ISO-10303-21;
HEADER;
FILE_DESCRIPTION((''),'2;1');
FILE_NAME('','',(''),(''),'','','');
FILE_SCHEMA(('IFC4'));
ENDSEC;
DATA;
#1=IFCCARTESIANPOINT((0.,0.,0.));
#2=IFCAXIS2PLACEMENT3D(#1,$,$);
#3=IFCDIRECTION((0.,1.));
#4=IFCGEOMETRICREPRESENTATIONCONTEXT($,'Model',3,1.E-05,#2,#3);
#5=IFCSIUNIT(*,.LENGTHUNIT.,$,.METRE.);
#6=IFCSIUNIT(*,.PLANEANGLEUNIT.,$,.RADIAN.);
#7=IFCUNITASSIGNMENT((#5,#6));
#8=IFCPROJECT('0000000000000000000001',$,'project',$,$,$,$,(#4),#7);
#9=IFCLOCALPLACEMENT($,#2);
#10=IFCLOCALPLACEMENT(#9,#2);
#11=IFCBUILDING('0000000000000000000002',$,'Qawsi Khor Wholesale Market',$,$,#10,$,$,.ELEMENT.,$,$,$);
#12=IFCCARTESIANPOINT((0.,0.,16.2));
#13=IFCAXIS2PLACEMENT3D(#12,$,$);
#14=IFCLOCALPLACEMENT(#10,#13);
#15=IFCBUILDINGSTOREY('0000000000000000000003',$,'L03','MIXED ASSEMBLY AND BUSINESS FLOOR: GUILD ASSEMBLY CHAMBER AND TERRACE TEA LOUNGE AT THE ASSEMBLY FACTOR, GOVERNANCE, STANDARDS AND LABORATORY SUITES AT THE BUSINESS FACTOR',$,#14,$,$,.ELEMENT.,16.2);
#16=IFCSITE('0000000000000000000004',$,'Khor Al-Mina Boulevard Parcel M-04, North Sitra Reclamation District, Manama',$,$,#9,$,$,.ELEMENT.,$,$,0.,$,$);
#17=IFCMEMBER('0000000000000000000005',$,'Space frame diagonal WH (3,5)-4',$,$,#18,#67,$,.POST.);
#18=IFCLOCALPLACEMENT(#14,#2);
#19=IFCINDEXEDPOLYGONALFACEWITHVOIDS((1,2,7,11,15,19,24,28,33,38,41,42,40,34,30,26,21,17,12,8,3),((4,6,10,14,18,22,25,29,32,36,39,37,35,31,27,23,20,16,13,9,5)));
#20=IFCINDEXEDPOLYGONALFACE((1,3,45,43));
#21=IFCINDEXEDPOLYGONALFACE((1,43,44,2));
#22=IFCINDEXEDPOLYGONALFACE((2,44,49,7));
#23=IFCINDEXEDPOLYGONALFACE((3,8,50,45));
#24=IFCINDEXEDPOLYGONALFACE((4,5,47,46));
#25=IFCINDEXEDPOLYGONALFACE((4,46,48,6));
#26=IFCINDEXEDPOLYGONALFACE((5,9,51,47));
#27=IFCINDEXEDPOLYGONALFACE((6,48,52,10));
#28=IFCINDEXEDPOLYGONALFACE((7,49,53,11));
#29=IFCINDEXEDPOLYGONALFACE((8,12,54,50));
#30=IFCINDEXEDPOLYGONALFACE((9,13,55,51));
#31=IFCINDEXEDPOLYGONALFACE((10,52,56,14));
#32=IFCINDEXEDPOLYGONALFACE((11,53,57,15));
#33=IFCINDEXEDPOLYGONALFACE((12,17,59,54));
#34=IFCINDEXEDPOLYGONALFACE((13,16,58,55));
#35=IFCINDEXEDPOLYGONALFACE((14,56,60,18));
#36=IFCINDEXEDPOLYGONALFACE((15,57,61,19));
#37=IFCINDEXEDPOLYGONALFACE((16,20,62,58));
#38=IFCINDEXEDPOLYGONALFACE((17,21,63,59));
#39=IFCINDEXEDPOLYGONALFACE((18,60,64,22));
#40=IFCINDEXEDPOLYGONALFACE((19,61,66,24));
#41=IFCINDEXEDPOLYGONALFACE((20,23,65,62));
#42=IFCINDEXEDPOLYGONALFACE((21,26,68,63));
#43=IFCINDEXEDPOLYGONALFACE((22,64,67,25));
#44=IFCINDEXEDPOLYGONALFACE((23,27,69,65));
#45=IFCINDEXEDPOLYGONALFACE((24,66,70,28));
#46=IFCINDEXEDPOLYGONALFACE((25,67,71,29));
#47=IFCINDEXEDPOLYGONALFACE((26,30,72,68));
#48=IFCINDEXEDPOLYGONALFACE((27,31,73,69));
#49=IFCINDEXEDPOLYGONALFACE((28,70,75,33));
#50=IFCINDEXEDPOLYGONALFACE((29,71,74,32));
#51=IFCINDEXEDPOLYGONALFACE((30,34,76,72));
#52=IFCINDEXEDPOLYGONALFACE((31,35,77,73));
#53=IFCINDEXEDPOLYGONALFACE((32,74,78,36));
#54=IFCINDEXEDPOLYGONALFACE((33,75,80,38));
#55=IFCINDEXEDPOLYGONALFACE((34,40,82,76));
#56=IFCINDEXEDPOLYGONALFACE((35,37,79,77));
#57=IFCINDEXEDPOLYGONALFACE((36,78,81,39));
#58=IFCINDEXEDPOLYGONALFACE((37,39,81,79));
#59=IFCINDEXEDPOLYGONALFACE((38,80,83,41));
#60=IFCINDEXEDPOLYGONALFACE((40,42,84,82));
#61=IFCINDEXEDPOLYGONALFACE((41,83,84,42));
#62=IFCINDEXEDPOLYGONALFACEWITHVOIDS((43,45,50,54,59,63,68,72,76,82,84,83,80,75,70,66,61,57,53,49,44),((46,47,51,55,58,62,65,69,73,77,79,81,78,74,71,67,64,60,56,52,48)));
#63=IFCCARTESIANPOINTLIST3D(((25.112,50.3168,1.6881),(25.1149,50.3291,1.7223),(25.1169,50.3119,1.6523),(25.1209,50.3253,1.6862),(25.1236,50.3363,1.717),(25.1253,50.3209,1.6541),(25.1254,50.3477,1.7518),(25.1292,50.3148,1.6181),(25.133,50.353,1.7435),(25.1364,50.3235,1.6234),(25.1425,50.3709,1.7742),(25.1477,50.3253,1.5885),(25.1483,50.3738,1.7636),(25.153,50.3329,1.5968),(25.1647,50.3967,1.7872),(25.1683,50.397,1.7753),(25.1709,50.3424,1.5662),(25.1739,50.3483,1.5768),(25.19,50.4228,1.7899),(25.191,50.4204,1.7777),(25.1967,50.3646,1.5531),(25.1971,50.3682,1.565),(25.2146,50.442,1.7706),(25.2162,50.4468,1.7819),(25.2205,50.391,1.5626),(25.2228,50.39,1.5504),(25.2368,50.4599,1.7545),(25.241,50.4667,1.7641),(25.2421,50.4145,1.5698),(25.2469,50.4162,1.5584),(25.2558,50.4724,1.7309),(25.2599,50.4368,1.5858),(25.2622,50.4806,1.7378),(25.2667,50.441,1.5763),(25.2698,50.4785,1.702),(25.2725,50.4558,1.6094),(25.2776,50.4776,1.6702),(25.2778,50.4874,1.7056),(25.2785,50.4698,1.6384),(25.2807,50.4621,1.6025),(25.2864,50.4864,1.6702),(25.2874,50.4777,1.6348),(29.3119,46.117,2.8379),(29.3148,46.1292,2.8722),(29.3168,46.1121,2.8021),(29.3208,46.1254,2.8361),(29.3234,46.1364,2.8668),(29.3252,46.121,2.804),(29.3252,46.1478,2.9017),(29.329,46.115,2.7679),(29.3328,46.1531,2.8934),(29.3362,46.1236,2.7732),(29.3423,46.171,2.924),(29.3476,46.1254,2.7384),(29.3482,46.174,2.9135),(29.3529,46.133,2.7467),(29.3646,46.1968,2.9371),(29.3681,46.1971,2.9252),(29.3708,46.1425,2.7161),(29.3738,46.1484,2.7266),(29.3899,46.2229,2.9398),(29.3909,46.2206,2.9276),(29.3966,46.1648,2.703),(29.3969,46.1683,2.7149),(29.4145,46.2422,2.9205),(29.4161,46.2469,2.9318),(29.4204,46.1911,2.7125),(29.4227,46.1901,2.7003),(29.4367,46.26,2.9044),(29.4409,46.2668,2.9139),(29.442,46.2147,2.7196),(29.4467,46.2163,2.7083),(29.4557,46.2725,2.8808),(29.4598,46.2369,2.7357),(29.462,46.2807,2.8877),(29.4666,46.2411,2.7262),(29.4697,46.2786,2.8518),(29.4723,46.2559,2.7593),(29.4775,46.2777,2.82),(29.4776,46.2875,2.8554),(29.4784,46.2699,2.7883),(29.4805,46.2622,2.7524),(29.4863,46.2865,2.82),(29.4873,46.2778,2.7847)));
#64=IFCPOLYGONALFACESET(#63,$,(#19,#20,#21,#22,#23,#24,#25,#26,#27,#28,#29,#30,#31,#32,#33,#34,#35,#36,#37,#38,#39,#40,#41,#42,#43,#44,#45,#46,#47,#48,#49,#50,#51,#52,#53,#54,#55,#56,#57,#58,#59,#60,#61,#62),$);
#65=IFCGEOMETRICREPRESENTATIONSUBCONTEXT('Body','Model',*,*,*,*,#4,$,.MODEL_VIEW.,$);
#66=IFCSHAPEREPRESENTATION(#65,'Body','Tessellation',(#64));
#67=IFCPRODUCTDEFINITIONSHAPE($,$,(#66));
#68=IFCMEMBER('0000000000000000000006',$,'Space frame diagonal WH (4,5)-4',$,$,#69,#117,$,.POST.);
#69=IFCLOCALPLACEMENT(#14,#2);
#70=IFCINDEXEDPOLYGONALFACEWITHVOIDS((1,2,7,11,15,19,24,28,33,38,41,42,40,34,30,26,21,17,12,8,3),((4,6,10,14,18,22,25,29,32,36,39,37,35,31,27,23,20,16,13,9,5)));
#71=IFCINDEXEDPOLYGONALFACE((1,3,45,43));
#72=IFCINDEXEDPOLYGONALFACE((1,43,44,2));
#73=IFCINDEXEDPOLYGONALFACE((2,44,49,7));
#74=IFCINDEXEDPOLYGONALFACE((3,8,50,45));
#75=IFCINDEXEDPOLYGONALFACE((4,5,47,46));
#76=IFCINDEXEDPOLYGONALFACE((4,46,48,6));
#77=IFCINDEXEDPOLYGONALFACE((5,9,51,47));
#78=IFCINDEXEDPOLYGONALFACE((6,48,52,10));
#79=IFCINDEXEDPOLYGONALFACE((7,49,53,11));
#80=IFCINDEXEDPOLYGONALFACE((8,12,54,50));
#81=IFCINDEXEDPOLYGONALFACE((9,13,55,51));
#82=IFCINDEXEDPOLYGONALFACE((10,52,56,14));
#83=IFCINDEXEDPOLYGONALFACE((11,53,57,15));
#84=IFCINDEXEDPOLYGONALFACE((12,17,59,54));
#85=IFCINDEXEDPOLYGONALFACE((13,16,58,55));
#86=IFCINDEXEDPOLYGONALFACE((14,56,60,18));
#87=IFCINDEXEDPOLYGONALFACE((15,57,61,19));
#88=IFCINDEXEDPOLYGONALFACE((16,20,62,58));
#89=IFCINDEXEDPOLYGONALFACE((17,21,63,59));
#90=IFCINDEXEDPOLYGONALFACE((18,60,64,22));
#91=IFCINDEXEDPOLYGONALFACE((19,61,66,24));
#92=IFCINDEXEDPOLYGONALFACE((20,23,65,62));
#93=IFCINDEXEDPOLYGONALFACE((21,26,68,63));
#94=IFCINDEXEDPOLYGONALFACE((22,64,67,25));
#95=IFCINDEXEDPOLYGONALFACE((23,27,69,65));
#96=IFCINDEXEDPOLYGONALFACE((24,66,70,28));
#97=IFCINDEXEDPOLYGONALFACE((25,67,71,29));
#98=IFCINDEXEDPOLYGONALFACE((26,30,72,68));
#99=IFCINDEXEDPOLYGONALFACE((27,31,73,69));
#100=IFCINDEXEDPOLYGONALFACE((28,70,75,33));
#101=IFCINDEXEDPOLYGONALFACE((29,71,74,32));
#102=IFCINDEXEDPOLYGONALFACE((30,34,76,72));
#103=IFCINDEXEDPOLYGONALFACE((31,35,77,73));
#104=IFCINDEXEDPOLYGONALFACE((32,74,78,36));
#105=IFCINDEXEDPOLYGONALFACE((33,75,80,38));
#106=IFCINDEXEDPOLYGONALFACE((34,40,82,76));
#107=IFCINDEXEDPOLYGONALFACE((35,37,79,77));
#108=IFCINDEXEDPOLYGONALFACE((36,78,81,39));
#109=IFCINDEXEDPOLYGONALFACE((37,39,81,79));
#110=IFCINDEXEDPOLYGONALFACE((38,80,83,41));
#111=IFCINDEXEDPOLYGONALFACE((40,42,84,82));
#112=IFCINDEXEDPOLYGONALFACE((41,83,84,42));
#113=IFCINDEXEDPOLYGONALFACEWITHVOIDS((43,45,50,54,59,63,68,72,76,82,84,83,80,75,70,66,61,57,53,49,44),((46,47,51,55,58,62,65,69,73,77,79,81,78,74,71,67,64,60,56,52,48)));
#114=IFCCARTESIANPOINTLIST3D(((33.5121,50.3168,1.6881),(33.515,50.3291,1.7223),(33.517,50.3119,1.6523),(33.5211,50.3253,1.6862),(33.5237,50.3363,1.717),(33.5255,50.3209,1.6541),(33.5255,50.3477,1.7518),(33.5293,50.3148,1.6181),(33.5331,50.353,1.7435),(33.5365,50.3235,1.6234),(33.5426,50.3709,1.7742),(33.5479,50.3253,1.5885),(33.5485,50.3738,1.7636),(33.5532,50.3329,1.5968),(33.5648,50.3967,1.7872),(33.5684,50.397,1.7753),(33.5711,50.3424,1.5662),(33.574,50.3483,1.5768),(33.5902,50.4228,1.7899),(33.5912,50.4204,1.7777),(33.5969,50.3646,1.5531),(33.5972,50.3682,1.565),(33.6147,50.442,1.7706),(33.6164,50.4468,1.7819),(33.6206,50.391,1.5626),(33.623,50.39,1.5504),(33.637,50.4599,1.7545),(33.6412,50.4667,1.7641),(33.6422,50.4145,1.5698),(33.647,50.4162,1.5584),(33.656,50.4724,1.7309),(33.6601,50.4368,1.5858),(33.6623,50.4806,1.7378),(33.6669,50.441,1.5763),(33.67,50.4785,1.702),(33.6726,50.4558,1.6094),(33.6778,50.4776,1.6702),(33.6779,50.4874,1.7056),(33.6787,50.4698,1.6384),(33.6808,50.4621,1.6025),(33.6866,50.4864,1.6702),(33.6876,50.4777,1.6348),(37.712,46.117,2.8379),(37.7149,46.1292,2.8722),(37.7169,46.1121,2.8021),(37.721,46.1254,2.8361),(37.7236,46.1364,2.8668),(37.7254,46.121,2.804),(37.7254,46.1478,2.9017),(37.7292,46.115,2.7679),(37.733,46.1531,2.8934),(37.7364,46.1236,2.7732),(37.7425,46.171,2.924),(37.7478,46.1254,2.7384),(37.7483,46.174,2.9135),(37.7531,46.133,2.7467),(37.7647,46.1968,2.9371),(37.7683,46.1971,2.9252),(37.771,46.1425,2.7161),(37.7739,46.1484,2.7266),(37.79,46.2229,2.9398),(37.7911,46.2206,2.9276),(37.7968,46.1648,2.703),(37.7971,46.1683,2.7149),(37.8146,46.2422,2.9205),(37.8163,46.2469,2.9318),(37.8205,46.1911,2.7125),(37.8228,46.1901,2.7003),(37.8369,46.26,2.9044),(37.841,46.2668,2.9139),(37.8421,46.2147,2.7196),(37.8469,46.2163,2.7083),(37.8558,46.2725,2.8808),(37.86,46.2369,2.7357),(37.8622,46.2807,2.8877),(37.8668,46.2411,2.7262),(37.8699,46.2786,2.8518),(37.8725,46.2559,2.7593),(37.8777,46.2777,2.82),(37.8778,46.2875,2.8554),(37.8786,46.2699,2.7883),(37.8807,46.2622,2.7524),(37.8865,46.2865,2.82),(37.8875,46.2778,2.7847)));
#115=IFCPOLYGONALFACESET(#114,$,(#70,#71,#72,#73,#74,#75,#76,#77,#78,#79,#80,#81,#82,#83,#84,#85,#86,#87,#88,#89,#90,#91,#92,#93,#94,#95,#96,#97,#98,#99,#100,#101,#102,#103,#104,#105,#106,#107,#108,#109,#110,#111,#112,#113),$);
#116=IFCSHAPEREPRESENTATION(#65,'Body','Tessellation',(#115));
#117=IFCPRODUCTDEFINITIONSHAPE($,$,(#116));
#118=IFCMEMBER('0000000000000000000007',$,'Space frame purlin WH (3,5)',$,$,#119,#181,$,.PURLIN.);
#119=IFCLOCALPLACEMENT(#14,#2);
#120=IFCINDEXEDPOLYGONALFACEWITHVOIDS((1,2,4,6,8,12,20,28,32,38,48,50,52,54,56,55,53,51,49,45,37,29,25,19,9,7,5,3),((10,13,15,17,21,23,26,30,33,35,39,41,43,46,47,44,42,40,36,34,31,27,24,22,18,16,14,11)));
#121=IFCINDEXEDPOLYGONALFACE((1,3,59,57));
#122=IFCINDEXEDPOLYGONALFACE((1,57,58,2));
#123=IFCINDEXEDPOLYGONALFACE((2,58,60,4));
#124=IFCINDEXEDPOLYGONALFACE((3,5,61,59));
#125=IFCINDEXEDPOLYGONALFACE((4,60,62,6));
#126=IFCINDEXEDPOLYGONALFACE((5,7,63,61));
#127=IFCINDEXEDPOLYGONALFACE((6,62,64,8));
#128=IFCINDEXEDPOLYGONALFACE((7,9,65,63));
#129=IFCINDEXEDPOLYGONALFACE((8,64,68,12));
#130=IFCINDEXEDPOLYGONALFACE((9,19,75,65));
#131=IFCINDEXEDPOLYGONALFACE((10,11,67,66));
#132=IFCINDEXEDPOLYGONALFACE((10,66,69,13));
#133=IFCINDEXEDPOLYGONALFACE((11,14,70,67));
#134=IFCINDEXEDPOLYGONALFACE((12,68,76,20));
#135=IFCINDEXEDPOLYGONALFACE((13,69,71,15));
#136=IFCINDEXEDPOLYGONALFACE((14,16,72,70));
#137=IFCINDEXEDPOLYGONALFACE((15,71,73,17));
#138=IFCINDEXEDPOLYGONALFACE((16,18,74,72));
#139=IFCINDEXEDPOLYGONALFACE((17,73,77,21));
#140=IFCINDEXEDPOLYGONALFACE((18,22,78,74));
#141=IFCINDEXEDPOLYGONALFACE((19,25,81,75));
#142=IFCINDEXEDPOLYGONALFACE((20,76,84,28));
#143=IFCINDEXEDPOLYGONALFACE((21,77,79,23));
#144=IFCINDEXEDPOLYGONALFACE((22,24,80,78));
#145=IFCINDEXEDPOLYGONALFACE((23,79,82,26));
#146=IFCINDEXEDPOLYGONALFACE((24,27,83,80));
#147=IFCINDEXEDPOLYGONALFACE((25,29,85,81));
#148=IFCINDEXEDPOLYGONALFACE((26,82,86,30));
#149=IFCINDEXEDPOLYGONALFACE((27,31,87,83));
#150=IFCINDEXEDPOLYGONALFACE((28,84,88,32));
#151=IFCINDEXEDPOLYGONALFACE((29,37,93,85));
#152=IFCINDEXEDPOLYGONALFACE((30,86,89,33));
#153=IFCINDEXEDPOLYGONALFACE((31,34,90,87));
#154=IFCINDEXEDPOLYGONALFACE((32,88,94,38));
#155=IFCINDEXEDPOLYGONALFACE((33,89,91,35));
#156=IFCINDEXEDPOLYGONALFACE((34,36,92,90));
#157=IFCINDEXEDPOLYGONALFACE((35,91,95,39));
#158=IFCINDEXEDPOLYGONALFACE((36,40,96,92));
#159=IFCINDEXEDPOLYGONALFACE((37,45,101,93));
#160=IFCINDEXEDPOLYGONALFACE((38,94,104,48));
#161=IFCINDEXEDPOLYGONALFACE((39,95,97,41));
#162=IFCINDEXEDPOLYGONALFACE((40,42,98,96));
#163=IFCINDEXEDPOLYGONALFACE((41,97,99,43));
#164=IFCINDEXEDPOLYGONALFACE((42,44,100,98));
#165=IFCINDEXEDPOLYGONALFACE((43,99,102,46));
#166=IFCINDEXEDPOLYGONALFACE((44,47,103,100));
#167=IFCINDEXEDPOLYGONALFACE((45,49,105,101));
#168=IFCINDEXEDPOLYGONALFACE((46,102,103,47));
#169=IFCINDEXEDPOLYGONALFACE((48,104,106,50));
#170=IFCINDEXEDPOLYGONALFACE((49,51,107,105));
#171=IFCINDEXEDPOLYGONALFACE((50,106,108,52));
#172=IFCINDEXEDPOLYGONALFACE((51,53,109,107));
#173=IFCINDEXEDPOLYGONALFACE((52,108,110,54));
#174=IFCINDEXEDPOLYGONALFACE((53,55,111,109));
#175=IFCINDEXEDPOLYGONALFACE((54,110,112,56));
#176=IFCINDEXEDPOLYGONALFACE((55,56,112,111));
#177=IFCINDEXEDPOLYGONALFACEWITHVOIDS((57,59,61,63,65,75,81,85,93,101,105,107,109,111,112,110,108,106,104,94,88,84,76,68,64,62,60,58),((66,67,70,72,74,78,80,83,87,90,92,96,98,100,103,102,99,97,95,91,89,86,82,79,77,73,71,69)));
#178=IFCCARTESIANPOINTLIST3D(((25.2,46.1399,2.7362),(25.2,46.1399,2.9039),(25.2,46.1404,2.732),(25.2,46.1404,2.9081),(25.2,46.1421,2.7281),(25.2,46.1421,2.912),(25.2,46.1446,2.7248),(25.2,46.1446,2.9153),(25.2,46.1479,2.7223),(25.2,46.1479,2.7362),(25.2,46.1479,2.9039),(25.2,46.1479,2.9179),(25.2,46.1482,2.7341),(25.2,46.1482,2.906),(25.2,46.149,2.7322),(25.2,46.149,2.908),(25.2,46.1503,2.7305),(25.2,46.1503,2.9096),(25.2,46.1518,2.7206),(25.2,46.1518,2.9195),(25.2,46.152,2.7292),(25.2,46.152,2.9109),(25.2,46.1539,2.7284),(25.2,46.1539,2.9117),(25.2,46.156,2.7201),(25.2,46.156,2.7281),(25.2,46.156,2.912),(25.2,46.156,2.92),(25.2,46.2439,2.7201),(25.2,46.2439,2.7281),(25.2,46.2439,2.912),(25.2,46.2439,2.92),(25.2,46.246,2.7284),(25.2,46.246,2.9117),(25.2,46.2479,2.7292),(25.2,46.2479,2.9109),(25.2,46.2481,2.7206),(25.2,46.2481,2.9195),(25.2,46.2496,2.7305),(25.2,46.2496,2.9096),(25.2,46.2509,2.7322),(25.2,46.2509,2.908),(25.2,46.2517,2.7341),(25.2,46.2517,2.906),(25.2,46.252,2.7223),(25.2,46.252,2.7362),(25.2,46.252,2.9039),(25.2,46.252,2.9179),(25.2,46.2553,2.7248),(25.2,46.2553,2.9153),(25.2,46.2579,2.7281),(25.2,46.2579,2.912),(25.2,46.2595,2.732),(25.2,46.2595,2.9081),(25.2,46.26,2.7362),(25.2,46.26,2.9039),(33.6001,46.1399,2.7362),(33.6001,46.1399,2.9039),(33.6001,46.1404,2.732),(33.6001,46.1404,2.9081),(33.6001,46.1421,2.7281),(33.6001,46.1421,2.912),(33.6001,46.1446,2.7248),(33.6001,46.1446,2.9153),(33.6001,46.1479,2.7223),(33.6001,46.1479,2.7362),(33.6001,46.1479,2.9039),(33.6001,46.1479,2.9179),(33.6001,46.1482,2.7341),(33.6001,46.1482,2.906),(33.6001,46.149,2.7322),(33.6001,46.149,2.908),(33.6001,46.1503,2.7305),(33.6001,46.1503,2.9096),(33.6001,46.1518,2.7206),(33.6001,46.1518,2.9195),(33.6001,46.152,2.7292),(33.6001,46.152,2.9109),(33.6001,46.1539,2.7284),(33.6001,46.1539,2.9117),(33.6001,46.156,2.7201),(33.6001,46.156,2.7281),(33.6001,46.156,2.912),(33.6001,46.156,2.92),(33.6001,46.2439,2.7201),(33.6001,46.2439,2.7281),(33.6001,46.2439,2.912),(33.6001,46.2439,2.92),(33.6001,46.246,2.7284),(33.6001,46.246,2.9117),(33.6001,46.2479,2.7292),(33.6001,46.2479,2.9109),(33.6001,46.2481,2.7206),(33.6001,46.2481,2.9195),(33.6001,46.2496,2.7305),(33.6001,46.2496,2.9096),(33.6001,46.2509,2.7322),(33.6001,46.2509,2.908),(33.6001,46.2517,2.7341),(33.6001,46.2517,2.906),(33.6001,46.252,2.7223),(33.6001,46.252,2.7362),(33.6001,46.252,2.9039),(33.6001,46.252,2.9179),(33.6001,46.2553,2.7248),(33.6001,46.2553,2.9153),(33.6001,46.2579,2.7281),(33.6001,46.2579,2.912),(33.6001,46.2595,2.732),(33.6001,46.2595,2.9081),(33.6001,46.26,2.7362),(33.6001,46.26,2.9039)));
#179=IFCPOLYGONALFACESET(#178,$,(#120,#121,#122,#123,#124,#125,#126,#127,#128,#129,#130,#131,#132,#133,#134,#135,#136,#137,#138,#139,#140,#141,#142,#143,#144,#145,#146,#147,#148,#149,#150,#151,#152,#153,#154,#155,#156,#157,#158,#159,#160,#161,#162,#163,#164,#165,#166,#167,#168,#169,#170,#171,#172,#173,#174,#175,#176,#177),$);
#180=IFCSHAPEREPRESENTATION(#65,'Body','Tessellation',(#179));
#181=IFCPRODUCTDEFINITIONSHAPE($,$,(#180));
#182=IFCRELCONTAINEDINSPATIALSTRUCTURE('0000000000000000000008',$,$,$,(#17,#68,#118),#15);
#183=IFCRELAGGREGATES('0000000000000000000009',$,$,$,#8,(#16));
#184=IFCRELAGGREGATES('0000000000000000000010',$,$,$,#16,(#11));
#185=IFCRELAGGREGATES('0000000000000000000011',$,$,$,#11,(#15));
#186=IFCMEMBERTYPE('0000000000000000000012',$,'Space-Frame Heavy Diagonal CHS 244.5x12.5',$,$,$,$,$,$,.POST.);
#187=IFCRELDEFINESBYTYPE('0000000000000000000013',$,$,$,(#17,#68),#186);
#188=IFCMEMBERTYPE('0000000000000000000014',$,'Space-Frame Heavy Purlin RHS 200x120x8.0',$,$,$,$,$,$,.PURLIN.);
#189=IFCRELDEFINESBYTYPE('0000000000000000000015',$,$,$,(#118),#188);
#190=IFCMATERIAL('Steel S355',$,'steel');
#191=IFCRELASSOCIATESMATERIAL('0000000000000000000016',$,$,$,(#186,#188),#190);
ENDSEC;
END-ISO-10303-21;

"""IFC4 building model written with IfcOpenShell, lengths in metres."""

from ifc_helpers import new_model, si_unit, direction, frame, origin, origin_2d, place, context, subcontext, project, spatial, hollow_rectangle, hollow_circle, extrude, material, material_profile, profile_set, type_object, element, save


model = new_model("IFC4")

# Units and contexts
model_context = context("Model", 3, precision=1e-05, world=origin(), true_north=direction((0.0, 1.0)))
body_context = subcontext(model_context, "Body", "Model", "MODEL_VIEW")
ifc_project = project(units=[si_unit("LENGTHUNIT", "METRE"), si_unit("PLANEANGLEUNIT", "RADIAN")], contexts=[model_context])

# Site, building, storey
site_placement = place(None, origin())
site = spatial("IfcSite", under=ifc_project, at=site_placement, Name="Khor Al-Mina Boulevard Parcel M-04, North Sitra Reclamation District, Manama", CompositionType="ELEMENT", RefElevation=0.0)
building_placement = place(site_placement, origin())
building = spatial("IfcBuilding", under=site, at=building_placement, Name="Qawsi Khor Wholesale Market", CompositionType="ELEMENT")
storey_placement = place(building_placement, frame((0.0, 0.0, 16.2)))
storey = spatial("IfcBuildingStorey", under=building, at=storey_placement, Name="L03", Description="MIXED ASSEMBLY AND BUSINESS FLOOR: GUILD ASSEMBLY CHAMBER AND TERRACE TEA LOUNGE AT THE ASSEMBLY FACTOR, GOVERNANCE, STANDARDS AND LABORATORY SUITES AT THE BUSINESS FACTOR", CompositionType="ELEMENT", Elevation=16.2)

# Members
ifc_material_1 = material(Name="Steel S355", Category="steel")
ifc_material_profile_1 = material_profile(ifc_material_1, hollow_circle(Radius=0.1223, WallThickness=0.0125, at=origin_2d()), Name="CHS 244.5x12.5")
ifc_profile_set_1 = profile_set([ifc_material_profile_1], Name="Steel S355")
member_type_1 = type_object("IfcMemberType", Name="Space-Frame Heavy Diagonal CHS 244.5x12.5", PredefinedType="POST", material=ifc_profile_set_1)
for number, where, z_axis, x_axis, name in (
    (1, (25.2, 50.3999, 1.6702), (0.694217, -0.694217, 0.190069), (0.707107, 0.707107, 0.0), "Space frame diagonal WH (3,5)-4"),
    (2, (33.6001, 50.3999, 1.6702), (0.694217, -0.694217, 0.190069), (0.707107, 0.707107, 0.0), "Space frame diagonal WH (4,5)-4"),
):
    element("IfcMember", number, at=place(storey_placement, frame(where, z_axis=z_axis, x_axis=x_axis)), inside=storey, type_object=member_type_1, Name=name, PredefinedType="POST", context=body_context, shape_type="SweptSolid", body=[
        extrude(hollow_circle(Radius=0.1223, WallThickness=0.0125, at=origin_2d()), origin(), (0.0, 0.0, 1.0), 6.0498),
    ])
ifc_material_profile_2 = material_profile(ifc_material_1, hollow_rectangle(XDim=0.1201, YDim=0.2, WallThickness=0.0081, InnerFilletRadius=0.0081, OuterFilletRadius=0.0161, at=origin_2d()), Name="RHS 200x120x8.0")
ifc_profile_set_2 = profile_set([ifc_material_profile_2], Name="Steel S355")
member_type_2 = type_object("IfcMemberType", Name="Space-Frame Heavy Purlin RHS 200x120x8.0", PredefinedType="PURLIN", material=ifc_profile_set_2)
for number, where, z_axis, x_axis, name in (
    (3, (25.2, 46.2, 2.8201), (1.0, 0.0, 0.0), (0.0, 1.0, 0.0), "Space frame purlin WH (3,5)"),
):
    element("IfcMember", number, at=place(storey_placement, frame(where, z_axis=z_axis, x_axis=x_axis)), inside=storey, type_object=member_type_2, Name=name, PredefinedType="PURLIN", context=body_context, shape_type="SweptSolid", body=[
        extrude(hollow_rectangle(XDim=0.1201, YDim=0.2, WallThickness=0.0081, InnerFilletRadius=0.0081, OuterFilletRadius=0.0161, at=origin_2d()), origin(), (0.0, 0.0, 1.0), 8.4001),
    ])

save(model, "model.ifc")
